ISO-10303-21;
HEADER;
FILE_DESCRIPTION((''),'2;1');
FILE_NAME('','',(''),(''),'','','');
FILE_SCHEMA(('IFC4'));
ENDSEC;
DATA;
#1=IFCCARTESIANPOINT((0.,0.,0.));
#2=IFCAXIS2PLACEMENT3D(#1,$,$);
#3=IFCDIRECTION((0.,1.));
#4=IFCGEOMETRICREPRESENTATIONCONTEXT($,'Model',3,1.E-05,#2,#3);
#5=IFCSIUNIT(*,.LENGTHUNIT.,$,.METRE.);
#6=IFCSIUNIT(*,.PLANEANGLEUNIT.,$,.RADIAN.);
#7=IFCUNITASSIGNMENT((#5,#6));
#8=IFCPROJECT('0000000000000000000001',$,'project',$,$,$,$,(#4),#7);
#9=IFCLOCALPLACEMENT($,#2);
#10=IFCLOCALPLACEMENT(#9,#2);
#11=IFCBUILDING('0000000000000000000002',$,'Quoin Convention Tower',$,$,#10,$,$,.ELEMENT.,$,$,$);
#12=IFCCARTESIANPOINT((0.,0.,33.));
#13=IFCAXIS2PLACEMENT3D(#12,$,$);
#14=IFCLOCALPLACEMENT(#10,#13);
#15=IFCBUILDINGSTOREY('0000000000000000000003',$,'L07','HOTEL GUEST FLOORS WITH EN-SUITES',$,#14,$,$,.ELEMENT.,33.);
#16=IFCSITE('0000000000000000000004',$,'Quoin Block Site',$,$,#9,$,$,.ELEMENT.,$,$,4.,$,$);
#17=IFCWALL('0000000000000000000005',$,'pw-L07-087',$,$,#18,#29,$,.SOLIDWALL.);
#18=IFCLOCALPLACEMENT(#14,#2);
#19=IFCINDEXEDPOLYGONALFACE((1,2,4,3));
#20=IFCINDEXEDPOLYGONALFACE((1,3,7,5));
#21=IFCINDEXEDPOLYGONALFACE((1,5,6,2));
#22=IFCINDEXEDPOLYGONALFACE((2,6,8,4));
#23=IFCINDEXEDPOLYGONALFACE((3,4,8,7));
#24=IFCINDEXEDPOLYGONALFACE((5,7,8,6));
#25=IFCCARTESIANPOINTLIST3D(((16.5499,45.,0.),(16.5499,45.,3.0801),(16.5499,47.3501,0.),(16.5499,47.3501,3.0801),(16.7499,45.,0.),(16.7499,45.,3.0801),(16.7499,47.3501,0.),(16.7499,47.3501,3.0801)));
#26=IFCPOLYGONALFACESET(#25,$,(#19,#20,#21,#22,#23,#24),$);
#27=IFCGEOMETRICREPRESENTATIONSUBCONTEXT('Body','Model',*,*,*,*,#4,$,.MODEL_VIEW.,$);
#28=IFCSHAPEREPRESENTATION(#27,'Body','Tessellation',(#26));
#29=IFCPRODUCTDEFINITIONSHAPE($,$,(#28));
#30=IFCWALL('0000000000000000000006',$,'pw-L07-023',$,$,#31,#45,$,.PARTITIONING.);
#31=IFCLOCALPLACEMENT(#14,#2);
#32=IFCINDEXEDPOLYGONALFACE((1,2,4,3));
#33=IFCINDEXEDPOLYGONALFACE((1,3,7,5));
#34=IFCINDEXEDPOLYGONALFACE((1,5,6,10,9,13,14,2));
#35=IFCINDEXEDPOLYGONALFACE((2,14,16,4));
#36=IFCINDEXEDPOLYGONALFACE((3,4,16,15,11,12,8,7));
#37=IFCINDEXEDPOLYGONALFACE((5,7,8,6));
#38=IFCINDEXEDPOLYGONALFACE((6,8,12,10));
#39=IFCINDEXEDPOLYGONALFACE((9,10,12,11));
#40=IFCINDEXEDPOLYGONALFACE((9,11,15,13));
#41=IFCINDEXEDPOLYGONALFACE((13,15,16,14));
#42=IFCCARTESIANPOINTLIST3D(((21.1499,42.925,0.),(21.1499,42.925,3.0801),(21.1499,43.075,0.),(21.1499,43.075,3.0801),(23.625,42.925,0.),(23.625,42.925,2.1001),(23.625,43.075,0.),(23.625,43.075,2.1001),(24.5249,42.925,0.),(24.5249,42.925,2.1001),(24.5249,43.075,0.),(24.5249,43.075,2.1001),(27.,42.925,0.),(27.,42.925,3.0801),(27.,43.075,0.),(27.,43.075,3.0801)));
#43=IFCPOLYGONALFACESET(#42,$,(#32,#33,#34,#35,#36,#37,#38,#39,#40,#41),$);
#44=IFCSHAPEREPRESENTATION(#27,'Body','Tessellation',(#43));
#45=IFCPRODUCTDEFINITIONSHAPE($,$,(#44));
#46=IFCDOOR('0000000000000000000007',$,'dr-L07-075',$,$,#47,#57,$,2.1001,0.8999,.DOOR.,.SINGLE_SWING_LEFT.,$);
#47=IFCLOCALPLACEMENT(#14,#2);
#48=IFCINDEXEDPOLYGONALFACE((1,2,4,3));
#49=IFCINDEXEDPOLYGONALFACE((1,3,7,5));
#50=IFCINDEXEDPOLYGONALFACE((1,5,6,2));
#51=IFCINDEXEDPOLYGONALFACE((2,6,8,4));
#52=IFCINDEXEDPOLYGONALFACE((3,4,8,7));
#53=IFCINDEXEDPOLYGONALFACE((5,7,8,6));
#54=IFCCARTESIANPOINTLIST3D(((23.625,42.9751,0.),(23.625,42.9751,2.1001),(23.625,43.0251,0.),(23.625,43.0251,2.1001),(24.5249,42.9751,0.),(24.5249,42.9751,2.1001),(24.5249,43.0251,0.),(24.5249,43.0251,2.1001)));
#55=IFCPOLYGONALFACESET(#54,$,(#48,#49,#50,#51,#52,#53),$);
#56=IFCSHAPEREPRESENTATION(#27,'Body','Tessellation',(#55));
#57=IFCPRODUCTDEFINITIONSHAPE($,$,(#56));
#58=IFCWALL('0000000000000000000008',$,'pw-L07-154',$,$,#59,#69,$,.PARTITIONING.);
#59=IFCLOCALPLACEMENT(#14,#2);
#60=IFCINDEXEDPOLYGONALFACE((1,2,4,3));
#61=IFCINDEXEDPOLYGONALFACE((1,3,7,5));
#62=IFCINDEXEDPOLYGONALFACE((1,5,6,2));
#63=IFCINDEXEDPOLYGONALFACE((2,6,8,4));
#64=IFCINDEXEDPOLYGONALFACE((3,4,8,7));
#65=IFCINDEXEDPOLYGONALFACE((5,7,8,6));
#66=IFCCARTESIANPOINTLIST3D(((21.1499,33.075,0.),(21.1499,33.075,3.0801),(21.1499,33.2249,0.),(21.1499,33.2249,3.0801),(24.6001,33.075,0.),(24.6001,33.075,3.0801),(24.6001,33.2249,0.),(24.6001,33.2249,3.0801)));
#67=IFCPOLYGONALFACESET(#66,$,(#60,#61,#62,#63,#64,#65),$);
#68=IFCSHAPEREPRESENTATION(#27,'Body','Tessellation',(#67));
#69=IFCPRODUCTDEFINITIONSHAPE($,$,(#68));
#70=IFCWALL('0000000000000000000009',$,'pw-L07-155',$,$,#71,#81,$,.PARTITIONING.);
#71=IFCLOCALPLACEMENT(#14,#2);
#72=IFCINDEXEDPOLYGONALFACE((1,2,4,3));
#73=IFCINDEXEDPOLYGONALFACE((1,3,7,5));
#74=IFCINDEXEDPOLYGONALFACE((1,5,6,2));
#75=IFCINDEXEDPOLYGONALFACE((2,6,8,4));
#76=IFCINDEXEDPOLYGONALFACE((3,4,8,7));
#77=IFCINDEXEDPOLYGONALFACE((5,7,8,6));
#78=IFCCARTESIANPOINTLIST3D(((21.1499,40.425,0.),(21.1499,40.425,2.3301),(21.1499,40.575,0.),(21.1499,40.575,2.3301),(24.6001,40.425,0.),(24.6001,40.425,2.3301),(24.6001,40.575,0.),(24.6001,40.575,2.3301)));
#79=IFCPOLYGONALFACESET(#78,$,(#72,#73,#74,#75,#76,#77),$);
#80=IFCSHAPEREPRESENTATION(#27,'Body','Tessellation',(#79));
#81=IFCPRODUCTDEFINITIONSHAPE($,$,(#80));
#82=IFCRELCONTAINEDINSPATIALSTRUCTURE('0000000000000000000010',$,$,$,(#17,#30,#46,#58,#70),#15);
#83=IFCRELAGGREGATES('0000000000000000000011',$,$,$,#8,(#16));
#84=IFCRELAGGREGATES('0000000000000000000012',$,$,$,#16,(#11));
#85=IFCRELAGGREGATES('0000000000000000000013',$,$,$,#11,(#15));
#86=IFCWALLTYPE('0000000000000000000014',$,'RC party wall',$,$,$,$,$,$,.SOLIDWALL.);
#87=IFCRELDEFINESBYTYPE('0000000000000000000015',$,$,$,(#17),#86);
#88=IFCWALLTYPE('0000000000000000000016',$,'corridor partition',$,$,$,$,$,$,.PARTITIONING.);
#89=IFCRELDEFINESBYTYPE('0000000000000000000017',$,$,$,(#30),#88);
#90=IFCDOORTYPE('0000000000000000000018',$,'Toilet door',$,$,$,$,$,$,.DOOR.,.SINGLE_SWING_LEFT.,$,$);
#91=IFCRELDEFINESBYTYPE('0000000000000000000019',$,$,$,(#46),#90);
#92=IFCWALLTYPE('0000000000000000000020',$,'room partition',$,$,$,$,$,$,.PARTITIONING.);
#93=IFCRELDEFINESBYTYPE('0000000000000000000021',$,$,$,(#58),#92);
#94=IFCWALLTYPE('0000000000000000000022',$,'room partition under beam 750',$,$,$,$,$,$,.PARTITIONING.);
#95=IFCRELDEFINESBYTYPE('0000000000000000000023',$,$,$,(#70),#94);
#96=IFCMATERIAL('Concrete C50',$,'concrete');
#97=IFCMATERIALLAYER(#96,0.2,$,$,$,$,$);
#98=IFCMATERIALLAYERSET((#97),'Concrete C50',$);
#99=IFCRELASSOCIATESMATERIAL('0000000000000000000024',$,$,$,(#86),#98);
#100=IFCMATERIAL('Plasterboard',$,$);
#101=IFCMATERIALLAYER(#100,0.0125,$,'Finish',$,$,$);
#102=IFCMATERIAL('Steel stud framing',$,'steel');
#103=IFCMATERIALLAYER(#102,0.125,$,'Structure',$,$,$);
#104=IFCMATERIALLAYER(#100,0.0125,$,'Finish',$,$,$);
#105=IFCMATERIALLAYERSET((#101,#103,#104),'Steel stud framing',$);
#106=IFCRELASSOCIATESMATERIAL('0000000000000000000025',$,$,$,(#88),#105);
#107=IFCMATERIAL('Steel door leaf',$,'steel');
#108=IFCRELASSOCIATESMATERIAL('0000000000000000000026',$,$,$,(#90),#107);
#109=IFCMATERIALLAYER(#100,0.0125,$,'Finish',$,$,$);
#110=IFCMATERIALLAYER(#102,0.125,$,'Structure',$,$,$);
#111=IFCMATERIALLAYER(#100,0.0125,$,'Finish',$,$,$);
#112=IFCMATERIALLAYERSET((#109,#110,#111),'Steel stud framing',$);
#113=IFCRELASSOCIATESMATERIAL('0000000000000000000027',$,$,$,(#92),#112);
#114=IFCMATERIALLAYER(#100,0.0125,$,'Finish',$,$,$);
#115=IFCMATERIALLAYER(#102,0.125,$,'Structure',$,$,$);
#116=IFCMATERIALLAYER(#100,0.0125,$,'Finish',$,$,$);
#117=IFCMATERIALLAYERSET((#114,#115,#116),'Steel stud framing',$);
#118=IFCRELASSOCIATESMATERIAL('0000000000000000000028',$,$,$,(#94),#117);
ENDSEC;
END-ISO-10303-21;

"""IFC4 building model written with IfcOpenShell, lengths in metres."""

from ifc_helpers import new_model, si_unit, direction, frame, frame_2d, origin, place, context, subcontext, project, spatial, rectangle, extrude, material, layer, layer_set, type_object, element, fill, save


model = new_model("IFC4")

# Units and contexts
model_context = context("Model", 3, precision=1e-05, world=origin(), true_north=direction((0.0, 1.0)))
body_context = subcontext(model_context, "Body", "Model", "MODEL_VIEW")
ifc_project = project(units=[si_unit("LENGTHUNIT", "METRE"), si_unit("PLANEANGLEUNIT", "RADIAN")], contexts=[model_context])

# Site, building, storey
site_placement = place(None, origin())
site = spatial("IfcSite", under=ifc_project, at=site_placement, Name="Quoin Block Site", CompositionType="ELEMENT", RefElevation=4.0)
building_placement = place(site_placement, origin())
building = spatial("IfcBuilding", under=site, at=building_placement, Name="Quoin Convention Tower", CompositionType="ELEMENT")
storey_placement = place(building_placement, frame((0.0, 0.0, 33.0)))
storey = spatial("IfcBuildingStorey", under=building, at=storey_placement, Name="L07", Description="HOTEL GUEST FLOORS WITH EN-SUITES", CompositionType="ELEMENT", Elevation=33.0)

# Shared definitions
ifc_material_1 = material(Name="Concrete C50", Category="concrete")
ifc_layer_1 = layer(ifc_material_1, 0.2)
ifc_layer_set_1 = layer_set([ifc_layer_1], Name="Concrete C50")
wall_type_1 = type_object("IfcWallType", Name="RC party wall", PredefinedType="SOLIDWALL", material=ifc_layer_set_1)

# Shared definitions
ifc_material_2 = material(Name="Steel door leaf", Category="steel")

# Wall
wall_1_placement = place(storey_placement, frame((16.6499, 45.0, 0.0), z_axis=(0.0, 0.0, 1.0), x_axis=(0.0, 1.0, 0.0)))
element("IfcWall", 1, at=wall_1_placement, inside=storey, type_object=wall_type_1, Name="pw-L07-087", PredefinedType="SOLIDWALL", context=body_context, shape_type="SweptSolid", body=[
    extrude(rectangle(XDim=2.3501, YDim=0.2, at=frame_2d((1.175, 0.0))), origin(), (0.0, 0.0, 1.0), 3.0801),
])

# Wall, opening, door
ifc_material_3 = material(Name="Plasterboard")
ifc_layer_2 = layer(ifc_material_3, 0.0125, Name="Finish")
ifc_material_4 = material(Name="Steel stud framing", Category="steel")
ifc_layer_3 = layer(ifc_material_4, 0.125, Name="Structure")
ifc_layer_4 = layer(ifc_material_3, 0.0125, Name="Finish")
ifc_layer_set_2 = layer_set([ifc_layer_2, ifc_layer_3, ifc_layer_4], Name="Steel stud framing")
wall_type_2 = type_object("IfcWallType", Name="corridor partition", PredefinedType="PARTITIONING", material=ifc_layer_set_2)
wall_2_placement = place(storey_placement, frame((21.1499, 43.0, 0.0), z_axis=(0.0, 0.0, 1.0), x_axis=(1.0, 0.0, 0.0)))
wall_2 = element("IfcWall", 2, at=wall_2_placement, inside=storey, type_object=wall_type_2, Name="pw-L07-023", PredefinedType="PARTITIONING", context=body_context, shape_type="SweptSolid", body=[
    extrude(rectangle(XDim=5.8501, YDim=0.1499, at=frame_2d((2.925, 0.0))), origin(), (0.0, 0.0, 1.0), 3.0801),
])
opening_1_placement = place(wall_2_placement, frame((2.4751, 0.0, 0.0)))
opening_1 = element("IfcOpeningElement", 3, at=opening_1_placement, cuts=wall_2, PredefinedType="OPENING", context=body_context, shape_type="SweptSolid", body=[
    extrude(rectangle(XDim=0.8999, YDim=2.1001, at=frame_2d((0.45, 1.05))), frame((0.0, 0.085, 0.0), z_axis=(0.0, -1.0, 0.0), x_axis=(1.0, 0.0, 0.0)), (0.0, 0.0, 1.0), 0.1699),
])
door_type_1 = type_object("IfcDoorType", Name="Toilet door", OperationType="SINGLE_SWING_LEFT", PredefinedType="DOOR", material=ifc_material_2)
door_1_placement = place(opening_1_placement, frame((0.8999, 0.0, 0.0), z_axis=(0.0, 0.0, 1.0), x_axis=(-1.0, 0.0, 0.0)))
door_1 = element("IfcDoor", 4, at=door_1_placement, inside=storey, type_object=door_type_1, Name="dr-L07-075", OperationType="SINGLE_SWING_LEFT", OverallHeight=2.1001, OverallWidth=0.8999, PredefinedType="DOOR", context=body_context, shape_type="SweptSolid", body=[
    extrude(rectangle(XDim=0.8999, YDim=2.1001, at=frame_2d((0.45, 1.05))), frame((0.0, 0.0249, 0.0), z_axis=(0.0, -1.0, 0.0), x_axis=(1.0, 0.0, 0.0)), (0.0, 0.0, 1.0), 0.05),
])
fill(opening_1, door_1)

# Walls
ifc_layer_5 = layer(ifc_material_3, 0.0125, Name="Finish")
ifc_layer_6 = layer(ifc_material_4, 0.125, Name="Structure")
ifc_layer_7 = layer(ifc_material_3, 0.0125, Name="Finish")
ifc_layer_set_3 = layer_set([ifc_layer_5, ifc_layer_6, ifc_layer_7], Name="Steel stud framing")
wall_type_3 = type_object("IfcWallType", Name="room partition", PredefinedType="PARTITIONING", material=ifc_layer_set_3)
wall_3_placement = place(storey_placement, frame((21.1499, 33.1499, 0.0), z_axis=(0.0, 0.0, 1.0), x_axis=(1.0, 0.0, 0.0)))
element("IfcWall", 5, at=wall_3_placement, inside=storey, type_object=wall_type_3, Name="pw-L07-154", PredefinedType="PARTITIONING", context=body_context, shape_type="SweptSolid", body=[
    extrude(rectangle(XDim=3.4502, YDim=0.1499, at=frame_2d((1.7251, 0.0))), origin(), (0.0, 0.0, 1.0), 3.0801),
])
ifc_layer_8 = layer(ifc_material_3, 0.0125, Name="Finish")
ifc_layer_9 = layer(ifc_material_4, 0.125, Name="Structure")
ifc_layer_10 = layer(ifc_material_3, 0.0125, Name="Finish")
ifc_layer_set_4 = layer_set([ifc_layer_8, ifc_layer_9, ifc_layer_10], Name="Steel stud framing")
wall_type_4 = type_object("IfcWallType", Name="room partition under beam 750", PredefinedType="PARTITIONING", material=ifc_layer_set_4)
wall_4_placement = place(storey_placement, frame((21.1499, 40.5, 0.0), z_axis=(0.0, 0.0, 1.0), x_axis=(1.0, 0.0, 0.0)))
element("IfcWall", 6, at=wall_4_placement, inside=storey, type_object=wall_type_4, Name="pw-L07-155", PredefinedType="PARTITIONING", context=body_context, shape_type="SweptSolid", body=[
    extrude(rectangle(XDim=3.4502, YDim=0.1499, at=frame_2d((1.7251, 0.0))), origin(), (0.0, 0.0, 1.0), 2.3301),
])

save(model, "model.ifc")
